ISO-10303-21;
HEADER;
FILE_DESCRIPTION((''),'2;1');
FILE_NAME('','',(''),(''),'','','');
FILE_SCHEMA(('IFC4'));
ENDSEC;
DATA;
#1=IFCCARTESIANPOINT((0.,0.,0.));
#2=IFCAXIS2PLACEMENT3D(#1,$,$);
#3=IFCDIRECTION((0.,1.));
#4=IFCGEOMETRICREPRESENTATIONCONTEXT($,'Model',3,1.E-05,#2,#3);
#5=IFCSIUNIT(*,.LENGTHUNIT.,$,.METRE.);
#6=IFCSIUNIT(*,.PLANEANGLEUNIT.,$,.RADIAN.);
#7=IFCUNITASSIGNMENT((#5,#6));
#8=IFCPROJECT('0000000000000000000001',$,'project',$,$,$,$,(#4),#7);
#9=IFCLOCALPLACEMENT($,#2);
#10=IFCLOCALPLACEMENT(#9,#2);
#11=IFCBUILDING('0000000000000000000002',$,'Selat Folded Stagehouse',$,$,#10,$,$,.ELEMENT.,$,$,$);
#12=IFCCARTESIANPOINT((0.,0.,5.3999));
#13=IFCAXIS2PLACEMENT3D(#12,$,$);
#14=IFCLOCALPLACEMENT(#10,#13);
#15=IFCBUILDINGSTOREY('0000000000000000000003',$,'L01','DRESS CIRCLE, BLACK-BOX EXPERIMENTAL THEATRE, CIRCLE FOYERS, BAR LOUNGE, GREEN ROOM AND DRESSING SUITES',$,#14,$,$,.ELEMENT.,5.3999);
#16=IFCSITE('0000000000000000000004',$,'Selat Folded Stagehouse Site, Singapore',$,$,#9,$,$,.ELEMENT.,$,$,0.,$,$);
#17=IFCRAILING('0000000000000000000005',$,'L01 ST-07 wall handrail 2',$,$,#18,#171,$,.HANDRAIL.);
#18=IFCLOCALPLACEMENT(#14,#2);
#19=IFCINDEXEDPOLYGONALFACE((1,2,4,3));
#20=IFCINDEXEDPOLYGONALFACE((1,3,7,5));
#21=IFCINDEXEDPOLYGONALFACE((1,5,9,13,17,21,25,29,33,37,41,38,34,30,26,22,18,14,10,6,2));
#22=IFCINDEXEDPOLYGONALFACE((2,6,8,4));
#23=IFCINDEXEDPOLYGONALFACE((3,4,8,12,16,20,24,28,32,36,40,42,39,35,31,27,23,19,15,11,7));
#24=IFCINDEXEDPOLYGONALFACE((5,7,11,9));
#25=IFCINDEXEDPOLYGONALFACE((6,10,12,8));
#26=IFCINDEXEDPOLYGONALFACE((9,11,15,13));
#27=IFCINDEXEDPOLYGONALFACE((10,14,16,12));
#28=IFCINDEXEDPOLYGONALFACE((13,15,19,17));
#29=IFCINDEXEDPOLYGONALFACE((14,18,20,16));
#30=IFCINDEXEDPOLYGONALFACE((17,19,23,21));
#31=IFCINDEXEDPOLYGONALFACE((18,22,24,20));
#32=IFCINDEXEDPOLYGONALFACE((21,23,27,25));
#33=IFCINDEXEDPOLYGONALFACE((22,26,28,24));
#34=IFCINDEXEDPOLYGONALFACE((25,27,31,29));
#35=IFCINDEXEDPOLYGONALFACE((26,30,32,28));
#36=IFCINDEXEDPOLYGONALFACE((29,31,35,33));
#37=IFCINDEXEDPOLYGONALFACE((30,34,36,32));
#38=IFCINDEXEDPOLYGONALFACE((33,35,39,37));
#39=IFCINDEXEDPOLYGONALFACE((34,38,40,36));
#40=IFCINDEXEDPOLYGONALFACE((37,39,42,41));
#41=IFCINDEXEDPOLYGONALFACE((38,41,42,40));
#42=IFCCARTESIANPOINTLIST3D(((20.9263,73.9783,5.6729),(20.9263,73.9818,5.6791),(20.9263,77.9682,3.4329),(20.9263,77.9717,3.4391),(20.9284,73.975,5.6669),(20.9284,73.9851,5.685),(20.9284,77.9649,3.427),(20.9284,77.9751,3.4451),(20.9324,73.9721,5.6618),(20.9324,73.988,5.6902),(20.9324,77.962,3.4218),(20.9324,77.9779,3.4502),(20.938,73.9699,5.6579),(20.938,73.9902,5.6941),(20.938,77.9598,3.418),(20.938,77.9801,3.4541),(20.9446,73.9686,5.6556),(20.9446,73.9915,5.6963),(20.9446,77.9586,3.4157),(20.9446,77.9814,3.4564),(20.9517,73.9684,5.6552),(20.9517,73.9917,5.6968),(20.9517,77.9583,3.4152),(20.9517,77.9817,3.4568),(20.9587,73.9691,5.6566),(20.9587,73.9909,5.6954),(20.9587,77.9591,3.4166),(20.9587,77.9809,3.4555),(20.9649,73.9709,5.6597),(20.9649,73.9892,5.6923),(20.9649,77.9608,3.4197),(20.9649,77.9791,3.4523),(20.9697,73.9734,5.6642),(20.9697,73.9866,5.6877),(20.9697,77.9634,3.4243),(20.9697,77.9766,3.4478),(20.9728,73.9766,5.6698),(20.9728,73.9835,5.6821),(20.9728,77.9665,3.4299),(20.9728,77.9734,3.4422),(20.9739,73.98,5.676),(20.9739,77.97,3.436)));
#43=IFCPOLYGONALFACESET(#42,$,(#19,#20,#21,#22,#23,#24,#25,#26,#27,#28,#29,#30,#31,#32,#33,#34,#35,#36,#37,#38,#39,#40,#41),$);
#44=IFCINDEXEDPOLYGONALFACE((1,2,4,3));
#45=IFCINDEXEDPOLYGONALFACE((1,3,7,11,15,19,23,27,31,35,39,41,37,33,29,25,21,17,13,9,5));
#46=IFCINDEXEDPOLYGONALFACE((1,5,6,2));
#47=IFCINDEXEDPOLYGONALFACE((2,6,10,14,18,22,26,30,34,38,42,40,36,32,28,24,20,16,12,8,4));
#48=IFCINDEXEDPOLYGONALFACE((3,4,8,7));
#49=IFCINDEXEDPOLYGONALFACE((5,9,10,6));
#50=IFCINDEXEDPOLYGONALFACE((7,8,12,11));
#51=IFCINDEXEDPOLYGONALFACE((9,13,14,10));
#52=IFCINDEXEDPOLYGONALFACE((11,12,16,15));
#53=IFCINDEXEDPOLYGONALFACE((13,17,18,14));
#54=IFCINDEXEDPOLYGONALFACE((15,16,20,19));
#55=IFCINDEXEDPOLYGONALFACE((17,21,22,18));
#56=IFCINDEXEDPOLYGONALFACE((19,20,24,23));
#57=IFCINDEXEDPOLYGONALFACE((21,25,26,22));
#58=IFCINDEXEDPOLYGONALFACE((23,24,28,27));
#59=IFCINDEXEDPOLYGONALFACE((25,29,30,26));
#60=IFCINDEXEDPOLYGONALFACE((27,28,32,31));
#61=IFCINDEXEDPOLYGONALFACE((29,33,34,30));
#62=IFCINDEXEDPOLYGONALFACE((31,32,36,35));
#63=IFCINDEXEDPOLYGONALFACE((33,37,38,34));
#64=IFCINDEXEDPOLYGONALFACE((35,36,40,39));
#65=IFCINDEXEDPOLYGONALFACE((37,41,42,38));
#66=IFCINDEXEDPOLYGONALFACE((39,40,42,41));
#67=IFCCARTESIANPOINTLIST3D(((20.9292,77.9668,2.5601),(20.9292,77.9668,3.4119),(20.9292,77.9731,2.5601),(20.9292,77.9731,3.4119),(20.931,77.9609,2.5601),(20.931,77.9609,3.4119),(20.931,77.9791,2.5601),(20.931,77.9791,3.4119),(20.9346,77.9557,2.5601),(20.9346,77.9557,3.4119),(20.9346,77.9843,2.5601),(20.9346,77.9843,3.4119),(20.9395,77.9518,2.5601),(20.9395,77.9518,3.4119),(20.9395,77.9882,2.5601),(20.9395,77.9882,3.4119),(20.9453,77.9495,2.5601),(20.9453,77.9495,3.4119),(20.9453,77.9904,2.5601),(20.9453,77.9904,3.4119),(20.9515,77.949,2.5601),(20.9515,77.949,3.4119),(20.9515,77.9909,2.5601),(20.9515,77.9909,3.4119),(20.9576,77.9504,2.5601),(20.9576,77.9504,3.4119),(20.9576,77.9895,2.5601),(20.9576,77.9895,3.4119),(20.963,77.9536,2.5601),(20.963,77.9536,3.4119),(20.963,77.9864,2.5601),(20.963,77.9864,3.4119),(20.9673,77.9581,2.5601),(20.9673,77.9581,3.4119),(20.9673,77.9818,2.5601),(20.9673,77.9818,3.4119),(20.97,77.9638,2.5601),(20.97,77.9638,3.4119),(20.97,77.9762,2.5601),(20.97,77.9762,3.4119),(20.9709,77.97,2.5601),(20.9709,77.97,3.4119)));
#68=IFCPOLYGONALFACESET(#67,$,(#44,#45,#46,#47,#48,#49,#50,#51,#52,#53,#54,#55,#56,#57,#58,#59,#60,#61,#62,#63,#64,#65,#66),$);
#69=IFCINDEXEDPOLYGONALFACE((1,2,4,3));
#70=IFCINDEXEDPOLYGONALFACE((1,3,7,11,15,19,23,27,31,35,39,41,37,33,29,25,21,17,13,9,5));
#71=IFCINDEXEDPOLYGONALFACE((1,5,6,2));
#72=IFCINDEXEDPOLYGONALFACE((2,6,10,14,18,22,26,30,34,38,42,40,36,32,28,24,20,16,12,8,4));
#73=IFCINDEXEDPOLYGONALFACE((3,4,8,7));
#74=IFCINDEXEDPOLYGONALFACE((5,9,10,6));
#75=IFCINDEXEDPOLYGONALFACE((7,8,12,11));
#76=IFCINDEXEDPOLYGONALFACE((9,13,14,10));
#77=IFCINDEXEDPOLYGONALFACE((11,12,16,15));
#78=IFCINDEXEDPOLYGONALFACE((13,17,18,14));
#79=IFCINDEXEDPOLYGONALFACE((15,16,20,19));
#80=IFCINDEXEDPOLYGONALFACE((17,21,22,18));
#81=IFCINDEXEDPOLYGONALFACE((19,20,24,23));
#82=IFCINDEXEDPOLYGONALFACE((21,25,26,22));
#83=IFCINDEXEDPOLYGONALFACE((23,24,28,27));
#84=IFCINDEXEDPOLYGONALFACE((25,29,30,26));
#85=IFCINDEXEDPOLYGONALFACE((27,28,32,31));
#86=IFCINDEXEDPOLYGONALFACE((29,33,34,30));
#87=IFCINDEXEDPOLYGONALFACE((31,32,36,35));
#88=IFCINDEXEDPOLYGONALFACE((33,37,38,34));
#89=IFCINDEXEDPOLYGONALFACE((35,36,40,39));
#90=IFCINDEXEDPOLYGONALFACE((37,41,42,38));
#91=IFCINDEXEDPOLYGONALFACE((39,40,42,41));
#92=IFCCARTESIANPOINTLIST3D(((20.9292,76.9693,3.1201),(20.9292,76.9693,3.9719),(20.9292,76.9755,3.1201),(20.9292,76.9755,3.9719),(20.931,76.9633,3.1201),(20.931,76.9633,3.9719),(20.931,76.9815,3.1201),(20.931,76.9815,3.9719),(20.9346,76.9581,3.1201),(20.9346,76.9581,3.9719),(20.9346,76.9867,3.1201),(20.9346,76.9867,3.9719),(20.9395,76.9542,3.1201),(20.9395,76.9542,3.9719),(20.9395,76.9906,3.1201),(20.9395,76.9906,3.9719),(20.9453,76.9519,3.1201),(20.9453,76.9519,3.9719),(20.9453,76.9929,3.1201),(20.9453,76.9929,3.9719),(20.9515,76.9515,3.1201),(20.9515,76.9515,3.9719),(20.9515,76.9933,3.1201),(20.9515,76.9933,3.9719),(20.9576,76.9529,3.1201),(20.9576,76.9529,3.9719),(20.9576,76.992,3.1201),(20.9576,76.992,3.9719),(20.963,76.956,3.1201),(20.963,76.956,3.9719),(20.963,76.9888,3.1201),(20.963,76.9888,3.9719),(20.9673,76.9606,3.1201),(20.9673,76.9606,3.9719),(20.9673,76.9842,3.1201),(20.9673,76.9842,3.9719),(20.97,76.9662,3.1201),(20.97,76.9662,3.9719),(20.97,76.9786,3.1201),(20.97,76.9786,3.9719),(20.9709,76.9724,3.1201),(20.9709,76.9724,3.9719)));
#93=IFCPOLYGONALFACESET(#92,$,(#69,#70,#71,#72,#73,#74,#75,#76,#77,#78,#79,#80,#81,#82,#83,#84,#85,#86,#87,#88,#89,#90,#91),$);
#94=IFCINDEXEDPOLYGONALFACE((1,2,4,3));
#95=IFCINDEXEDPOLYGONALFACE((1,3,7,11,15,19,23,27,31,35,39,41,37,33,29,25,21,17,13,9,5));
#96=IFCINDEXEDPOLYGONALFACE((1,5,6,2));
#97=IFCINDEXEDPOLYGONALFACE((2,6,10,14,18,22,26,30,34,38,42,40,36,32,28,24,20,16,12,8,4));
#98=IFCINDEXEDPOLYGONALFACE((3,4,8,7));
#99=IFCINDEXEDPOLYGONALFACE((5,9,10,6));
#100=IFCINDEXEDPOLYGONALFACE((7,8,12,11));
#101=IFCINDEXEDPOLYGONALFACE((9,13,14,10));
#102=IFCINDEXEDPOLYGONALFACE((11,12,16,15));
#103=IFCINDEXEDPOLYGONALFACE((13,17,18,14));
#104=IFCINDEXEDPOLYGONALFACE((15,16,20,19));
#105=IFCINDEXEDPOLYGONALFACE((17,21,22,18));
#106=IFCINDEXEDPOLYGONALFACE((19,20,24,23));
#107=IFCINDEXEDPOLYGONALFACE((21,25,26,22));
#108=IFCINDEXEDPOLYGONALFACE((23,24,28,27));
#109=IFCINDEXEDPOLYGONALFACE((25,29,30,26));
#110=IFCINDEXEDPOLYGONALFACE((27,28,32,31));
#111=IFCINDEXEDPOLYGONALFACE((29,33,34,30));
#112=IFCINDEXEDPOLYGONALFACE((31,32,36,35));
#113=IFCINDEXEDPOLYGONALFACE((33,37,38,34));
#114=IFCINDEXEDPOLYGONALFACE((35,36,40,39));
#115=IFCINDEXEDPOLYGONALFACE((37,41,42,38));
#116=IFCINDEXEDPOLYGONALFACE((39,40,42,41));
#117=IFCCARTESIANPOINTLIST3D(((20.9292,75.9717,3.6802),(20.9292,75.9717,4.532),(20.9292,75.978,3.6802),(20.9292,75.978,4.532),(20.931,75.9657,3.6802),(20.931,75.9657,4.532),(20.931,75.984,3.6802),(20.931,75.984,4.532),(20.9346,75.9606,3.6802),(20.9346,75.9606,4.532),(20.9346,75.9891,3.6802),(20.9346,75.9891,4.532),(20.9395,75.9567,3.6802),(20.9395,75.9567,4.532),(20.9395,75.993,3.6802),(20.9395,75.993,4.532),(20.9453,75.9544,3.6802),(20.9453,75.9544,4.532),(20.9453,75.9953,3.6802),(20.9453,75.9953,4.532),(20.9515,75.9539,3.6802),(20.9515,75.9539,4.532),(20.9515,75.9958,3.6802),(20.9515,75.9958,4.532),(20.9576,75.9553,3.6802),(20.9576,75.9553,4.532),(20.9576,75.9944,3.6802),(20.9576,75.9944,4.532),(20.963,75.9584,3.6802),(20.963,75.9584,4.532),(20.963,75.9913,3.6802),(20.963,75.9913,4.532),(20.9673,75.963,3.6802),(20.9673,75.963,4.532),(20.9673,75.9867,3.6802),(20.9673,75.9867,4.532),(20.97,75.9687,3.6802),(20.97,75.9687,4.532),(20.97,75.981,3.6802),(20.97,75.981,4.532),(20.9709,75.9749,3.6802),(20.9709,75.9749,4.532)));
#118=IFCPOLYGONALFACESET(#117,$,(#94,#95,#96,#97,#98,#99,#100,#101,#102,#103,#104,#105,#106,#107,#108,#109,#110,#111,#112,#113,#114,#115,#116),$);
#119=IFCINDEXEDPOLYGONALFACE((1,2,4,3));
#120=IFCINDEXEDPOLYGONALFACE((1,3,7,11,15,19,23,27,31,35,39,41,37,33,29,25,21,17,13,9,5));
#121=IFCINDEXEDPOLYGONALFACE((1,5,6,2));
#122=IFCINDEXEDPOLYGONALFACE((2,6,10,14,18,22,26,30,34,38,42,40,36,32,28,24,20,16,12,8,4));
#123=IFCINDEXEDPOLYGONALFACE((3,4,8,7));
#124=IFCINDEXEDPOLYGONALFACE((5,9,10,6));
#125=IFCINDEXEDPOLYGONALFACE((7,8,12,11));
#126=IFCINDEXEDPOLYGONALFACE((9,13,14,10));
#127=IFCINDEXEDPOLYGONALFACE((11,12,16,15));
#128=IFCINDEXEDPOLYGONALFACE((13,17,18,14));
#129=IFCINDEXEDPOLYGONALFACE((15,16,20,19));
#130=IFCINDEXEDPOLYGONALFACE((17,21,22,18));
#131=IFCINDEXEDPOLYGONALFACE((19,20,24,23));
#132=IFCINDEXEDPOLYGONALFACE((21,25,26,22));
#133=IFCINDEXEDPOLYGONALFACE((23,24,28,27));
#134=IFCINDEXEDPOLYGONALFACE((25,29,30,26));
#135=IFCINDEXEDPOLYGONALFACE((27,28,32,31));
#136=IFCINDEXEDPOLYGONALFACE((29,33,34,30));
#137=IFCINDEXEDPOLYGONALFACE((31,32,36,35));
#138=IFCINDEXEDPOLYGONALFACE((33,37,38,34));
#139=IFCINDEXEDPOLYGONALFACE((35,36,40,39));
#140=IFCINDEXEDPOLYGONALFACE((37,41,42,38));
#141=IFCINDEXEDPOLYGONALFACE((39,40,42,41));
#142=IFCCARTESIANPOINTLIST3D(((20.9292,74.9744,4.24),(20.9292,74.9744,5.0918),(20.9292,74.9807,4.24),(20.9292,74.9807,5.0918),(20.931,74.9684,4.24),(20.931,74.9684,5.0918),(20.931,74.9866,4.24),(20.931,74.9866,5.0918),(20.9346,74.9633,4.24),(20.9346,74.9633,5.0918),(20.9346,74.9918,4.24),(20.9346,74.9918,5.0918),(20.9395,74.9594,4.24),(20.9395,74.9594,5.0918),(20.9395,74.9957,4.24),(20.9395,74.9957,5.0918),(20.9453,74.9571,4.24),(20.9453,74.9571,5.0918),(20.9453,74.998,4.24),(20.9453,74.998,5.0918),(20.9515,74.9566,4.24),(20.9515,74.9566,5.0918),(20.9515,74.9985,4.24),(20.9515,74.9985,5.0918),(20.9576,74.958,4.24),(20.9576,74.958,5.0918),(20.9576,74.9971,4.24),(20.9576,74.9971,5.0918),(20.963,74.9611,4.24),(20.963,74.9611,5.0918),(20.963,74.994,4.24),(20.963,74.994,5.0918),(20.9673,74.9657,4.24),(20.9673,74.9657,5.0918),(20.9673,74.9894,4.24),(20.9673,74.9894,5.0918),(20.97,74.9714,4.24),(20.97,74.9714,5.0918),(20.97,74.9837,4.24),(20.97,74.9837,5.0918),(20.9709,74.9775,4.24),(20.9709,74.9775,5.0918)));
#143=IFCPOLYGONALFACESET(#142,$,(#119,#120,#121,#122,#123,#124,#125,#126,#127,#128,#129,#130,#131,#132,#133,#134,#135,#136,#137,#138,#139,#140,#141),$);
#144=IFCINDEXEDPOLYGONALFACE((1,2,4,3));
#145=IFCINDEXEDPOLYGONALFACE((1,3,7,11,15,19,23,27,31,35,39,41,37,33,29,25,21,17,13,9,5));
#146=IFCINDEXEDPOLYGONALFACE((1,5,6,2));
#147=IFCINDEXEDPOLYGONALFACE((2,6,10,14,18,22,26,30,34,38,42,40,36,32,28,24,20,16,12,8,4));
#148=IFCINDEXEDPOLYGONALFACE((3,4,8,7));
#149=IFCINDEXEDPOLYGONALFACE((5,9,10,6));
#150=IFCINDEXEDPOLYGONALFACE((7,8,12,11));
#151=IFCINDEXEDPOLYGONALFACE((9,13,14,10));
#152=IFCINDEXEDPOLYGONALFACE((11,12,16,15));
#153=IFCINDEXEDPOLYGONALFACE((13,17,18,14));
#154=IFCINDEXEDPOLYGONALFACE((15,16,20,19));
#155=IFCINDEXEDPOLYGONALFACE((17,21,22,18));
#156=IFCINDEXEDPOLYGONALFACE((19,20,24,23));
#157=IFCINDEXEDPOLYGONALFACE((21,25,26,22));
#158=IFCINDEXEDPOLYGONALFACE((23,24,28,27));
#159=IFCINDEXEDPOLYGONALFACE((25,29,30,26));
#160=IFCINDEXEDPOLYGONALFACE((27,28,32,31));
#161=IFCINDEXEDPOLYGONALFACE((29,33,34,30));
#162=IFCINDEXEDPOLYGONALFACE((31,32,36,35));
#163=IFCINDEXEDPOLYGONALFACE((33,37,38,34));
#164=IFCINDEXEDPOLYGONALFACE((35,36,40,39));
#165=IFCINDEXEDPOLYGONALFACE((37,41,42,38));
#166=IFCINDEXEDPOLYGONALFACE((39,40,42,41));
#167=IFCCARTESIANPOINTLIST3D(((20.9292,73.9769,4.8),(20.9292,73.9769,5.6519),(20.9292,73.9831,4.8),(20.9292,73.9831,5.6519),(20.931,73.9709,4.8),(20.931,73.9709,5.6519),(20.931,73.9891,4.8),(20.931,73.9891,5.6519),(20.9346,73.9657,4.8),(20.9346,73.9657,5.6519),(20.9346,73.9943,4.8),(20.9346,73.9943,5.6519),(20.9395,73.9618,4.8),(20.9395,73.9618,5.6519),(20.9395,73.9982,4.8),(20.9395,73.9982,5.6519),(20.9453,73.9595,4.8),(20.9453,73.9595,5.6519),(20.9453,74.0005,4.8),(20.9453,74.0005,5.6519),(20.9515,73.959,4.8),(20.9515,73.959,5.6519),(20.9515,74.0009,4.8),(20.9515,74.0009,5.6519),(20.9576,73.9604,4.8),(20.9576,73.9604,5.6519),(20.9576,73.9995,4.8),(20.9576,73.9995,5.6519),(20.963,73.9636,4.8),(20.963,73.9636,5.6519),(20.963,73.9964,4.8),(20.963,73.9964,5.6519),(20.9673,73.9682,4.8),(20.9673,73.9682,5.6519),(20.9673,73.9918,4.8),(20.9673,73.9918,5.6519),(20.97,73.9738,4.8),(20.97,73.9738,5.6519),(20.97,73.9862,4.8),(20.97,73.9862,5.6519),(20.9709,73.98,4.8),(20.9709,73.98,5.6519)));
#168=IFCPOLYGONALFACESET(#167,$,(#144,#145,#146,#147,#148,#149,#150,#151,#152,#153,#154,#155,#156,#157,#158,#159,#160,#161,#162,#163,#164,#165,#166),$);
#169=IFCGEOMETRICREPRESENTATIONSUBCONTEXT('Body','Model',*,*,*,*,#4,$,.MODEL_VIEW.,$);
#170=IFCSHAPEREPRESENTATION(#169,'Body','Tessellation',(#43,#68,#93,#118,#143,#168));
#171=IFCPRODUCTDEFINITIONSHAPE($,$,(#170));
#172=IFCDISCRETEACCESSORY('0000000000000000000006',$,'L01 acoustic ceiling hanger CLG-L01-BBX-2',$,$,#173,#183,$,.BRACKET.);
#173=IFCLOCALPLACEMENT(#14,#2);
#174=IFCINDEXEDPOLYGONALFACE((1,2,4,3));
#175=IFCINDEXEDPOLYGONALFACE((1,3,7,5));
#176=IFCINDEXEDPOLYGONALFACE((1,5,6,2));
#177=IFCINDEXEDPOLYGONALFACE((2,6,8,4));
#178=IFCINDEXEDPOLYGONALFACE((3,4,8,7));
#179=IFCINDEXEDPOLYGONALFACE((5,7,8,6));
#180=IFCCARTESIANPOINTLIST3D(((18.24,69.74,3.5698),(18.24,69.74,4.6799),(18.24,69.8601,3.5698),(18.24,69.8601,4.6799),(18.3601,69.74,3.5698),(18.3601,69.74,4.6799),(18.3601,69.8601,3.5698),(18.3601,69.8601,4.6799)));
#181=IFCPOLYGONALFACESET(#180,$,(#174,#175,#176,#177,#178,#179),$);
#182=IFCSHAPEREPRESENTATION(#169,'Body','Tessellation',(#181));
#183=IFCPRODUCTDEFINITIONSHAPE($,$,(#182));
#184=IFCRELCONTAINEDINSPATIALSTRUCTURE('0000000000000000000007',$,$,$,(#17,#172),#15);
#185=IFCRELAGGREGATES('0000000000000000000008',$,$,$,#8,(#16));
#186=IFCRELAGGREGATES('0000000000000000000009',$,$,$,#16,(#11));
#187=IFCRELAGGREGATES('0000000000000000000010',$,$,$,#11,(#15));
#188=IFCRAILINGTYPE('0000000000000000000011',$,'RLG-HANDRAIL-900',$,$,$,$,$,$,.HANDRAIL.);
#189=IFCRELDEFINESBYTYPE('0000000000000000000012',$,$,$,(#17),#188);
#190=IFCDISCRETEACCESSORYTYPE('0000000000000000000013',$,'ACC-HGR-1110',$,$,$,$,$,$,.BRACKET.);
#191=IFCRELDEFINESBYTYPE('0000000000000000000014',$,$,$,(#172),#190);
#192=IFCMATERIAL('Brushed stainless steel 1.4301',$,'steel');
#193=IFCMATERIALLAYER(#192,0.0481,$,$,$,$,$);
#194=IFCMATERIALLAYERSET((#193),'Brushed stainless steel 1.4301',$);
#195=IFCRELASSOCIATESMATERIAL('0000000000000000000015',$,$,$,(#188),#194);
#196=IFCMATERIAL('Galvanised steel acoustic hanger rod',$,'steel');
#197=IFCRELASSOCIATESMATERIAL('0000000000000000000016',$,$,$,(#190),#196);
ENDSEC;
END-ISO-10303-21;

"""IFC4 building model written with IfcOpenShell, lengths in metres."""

from ifc_helpers import new_model, si_unit, direction, frame, origin, origin_2d, place, context, subcontext, project, spatial, rectangle, circle, extrude, material, layer, layer_set, type_object, element, save


model = new_model("IFC4")

# Units and contexts
model_context = context("Model", 3, precision=1e-05, world=origin(), true_north=direction((0.0, 1.0)))
body_context = subcontext(model_context, "Body", "Model", "MODEL_VIEW")
ifc_project = project(units=[si_unit("LENGTHUNIT", "METRE"), si_unit("PLANEANGLEUNIT", "RADIAN")], contexts=[model_context])

# Site, building, storey
site_placement = place(None, origin())
site = spatial("IfcSite", under=ifc_project, at=site_placement, Name="Selat Folded Stagehouse Site, Singapore", CompositionType="ELEMENT", RefElevation=0.0)
building_placement = place(site_placement, origin())
building = spatial("IfcBuilding", under=site, at=building_placement, Name="Selat Folded Stagehouse", CompositionType="ELEMENT")
storey_placement = place(building_placement, frame((0.0, 0.0, 5.3999)))
storey = spatial("IfcBuildingStorey", under=building, at=storey_placement, Name="L01", Description="DRESS CIRCLE, BLACK-BOX EXPERIMENTAL THEATRE, CIRCLE FOYERS, BAR LOUNGE, GREEN ROOM AND DRESSING SUITES", CompositionType="ELEMENT", Elevation=5.3999)

# Railing
ifc_material_1 = material(Name="Brushed stainless steel 1.4301", Category="steel")
ifc_layer_1 = layer(ifc_material_1, 0.0481)
ifc_layer_set_1 = layer_set([ifc_layer_1], Name="Brushed stainless steel 1.4301")
railing_type_1 = type_object("IfcRailingType", Name="RLG-HANDRAIL-900", PredefinedType="HANDRAIL", material=ifc_layer_set_1)
railing_1_placement = place(storey_placement, frame((20.95, 77.97, 2.5601)))
element("IfcRailing", 1, at=railing_1_placement, inside=storey, type_object=railing_type_1, Name="L01 ST-07 wall handrail 2", PredefinedType="HANDRAIL", context=body_context, shape_type="SweptSolid", body=[
    extrude(circle(Radius=0.0239, at=origin_2d()), frame((0.0, 0.0, 0.876), z_axis=(0.0, -0.871984, 0.489534), x_axis=(1.0, 0.0, 0.0)), (0.0, 0.0, 1.0), 4.5757),
    extrude(circle(Radius=0.021, at=origin_2d()), origin(), (0.0, 0.0, 1.0), 0.8518),
    extrude(circle(Radius=0.021, at=origin_2d()), frame((0.0, -0.9976, 0.5601)), (0.0, 0.0, 1.0), 0.8518),
    extrude(circle(Radius=0.021, at=origin_2d()), frame((0.0, -1.9951, 1.1201)), (0.0, 0.0, 1.0), 0.8518),
    extrude(circle(Radius=0.021, at=origin_2d()), frame((0.0, -2.9924, 1.6799)), (0.0, 0.0, 1.0), 0.8518),
    extrude(circle(Radius=0.021, at=origin_2d()), frame((0.0, -3.99, 2.24)), (0.0, 0.0, 1.0), 0.8518),
])

# Discrete accessory
ifc_material_2 = material(Name="Galvanised steel acoustic hanger rod", Category="steel")
discrete_accessory_type = type_object("IfcDiscreteAccessoryType", Name="ACC-HGR-1110", PredefinedType="BRACKET", material=ifc_material_2)
discrete_accessory_placement = place(storey_placement, frame((18.3, 69.8, 3.5698), z_axis=(0.0, 0.0, 1.0), x_axis=(1.0, 0.0, 0.0)))
element("IfcDiscreteAccessory", 2, at=discrete_accessory_placement, inside=storey, type_object=discrete_accessory_type, Name="L01 acoustic ceiling hanger CLG-L01-BBX-2", PredefinedType="BRACKET", context=body_context, shape_type="SweptSolid", body=[
    extrude(rectangle(XDim=0.1201, YDim=0.1201, at=origin_2d()), origin(), (0.0, 0.0, 1.0), 1.1101),
])

save(model, "model.ifc")
